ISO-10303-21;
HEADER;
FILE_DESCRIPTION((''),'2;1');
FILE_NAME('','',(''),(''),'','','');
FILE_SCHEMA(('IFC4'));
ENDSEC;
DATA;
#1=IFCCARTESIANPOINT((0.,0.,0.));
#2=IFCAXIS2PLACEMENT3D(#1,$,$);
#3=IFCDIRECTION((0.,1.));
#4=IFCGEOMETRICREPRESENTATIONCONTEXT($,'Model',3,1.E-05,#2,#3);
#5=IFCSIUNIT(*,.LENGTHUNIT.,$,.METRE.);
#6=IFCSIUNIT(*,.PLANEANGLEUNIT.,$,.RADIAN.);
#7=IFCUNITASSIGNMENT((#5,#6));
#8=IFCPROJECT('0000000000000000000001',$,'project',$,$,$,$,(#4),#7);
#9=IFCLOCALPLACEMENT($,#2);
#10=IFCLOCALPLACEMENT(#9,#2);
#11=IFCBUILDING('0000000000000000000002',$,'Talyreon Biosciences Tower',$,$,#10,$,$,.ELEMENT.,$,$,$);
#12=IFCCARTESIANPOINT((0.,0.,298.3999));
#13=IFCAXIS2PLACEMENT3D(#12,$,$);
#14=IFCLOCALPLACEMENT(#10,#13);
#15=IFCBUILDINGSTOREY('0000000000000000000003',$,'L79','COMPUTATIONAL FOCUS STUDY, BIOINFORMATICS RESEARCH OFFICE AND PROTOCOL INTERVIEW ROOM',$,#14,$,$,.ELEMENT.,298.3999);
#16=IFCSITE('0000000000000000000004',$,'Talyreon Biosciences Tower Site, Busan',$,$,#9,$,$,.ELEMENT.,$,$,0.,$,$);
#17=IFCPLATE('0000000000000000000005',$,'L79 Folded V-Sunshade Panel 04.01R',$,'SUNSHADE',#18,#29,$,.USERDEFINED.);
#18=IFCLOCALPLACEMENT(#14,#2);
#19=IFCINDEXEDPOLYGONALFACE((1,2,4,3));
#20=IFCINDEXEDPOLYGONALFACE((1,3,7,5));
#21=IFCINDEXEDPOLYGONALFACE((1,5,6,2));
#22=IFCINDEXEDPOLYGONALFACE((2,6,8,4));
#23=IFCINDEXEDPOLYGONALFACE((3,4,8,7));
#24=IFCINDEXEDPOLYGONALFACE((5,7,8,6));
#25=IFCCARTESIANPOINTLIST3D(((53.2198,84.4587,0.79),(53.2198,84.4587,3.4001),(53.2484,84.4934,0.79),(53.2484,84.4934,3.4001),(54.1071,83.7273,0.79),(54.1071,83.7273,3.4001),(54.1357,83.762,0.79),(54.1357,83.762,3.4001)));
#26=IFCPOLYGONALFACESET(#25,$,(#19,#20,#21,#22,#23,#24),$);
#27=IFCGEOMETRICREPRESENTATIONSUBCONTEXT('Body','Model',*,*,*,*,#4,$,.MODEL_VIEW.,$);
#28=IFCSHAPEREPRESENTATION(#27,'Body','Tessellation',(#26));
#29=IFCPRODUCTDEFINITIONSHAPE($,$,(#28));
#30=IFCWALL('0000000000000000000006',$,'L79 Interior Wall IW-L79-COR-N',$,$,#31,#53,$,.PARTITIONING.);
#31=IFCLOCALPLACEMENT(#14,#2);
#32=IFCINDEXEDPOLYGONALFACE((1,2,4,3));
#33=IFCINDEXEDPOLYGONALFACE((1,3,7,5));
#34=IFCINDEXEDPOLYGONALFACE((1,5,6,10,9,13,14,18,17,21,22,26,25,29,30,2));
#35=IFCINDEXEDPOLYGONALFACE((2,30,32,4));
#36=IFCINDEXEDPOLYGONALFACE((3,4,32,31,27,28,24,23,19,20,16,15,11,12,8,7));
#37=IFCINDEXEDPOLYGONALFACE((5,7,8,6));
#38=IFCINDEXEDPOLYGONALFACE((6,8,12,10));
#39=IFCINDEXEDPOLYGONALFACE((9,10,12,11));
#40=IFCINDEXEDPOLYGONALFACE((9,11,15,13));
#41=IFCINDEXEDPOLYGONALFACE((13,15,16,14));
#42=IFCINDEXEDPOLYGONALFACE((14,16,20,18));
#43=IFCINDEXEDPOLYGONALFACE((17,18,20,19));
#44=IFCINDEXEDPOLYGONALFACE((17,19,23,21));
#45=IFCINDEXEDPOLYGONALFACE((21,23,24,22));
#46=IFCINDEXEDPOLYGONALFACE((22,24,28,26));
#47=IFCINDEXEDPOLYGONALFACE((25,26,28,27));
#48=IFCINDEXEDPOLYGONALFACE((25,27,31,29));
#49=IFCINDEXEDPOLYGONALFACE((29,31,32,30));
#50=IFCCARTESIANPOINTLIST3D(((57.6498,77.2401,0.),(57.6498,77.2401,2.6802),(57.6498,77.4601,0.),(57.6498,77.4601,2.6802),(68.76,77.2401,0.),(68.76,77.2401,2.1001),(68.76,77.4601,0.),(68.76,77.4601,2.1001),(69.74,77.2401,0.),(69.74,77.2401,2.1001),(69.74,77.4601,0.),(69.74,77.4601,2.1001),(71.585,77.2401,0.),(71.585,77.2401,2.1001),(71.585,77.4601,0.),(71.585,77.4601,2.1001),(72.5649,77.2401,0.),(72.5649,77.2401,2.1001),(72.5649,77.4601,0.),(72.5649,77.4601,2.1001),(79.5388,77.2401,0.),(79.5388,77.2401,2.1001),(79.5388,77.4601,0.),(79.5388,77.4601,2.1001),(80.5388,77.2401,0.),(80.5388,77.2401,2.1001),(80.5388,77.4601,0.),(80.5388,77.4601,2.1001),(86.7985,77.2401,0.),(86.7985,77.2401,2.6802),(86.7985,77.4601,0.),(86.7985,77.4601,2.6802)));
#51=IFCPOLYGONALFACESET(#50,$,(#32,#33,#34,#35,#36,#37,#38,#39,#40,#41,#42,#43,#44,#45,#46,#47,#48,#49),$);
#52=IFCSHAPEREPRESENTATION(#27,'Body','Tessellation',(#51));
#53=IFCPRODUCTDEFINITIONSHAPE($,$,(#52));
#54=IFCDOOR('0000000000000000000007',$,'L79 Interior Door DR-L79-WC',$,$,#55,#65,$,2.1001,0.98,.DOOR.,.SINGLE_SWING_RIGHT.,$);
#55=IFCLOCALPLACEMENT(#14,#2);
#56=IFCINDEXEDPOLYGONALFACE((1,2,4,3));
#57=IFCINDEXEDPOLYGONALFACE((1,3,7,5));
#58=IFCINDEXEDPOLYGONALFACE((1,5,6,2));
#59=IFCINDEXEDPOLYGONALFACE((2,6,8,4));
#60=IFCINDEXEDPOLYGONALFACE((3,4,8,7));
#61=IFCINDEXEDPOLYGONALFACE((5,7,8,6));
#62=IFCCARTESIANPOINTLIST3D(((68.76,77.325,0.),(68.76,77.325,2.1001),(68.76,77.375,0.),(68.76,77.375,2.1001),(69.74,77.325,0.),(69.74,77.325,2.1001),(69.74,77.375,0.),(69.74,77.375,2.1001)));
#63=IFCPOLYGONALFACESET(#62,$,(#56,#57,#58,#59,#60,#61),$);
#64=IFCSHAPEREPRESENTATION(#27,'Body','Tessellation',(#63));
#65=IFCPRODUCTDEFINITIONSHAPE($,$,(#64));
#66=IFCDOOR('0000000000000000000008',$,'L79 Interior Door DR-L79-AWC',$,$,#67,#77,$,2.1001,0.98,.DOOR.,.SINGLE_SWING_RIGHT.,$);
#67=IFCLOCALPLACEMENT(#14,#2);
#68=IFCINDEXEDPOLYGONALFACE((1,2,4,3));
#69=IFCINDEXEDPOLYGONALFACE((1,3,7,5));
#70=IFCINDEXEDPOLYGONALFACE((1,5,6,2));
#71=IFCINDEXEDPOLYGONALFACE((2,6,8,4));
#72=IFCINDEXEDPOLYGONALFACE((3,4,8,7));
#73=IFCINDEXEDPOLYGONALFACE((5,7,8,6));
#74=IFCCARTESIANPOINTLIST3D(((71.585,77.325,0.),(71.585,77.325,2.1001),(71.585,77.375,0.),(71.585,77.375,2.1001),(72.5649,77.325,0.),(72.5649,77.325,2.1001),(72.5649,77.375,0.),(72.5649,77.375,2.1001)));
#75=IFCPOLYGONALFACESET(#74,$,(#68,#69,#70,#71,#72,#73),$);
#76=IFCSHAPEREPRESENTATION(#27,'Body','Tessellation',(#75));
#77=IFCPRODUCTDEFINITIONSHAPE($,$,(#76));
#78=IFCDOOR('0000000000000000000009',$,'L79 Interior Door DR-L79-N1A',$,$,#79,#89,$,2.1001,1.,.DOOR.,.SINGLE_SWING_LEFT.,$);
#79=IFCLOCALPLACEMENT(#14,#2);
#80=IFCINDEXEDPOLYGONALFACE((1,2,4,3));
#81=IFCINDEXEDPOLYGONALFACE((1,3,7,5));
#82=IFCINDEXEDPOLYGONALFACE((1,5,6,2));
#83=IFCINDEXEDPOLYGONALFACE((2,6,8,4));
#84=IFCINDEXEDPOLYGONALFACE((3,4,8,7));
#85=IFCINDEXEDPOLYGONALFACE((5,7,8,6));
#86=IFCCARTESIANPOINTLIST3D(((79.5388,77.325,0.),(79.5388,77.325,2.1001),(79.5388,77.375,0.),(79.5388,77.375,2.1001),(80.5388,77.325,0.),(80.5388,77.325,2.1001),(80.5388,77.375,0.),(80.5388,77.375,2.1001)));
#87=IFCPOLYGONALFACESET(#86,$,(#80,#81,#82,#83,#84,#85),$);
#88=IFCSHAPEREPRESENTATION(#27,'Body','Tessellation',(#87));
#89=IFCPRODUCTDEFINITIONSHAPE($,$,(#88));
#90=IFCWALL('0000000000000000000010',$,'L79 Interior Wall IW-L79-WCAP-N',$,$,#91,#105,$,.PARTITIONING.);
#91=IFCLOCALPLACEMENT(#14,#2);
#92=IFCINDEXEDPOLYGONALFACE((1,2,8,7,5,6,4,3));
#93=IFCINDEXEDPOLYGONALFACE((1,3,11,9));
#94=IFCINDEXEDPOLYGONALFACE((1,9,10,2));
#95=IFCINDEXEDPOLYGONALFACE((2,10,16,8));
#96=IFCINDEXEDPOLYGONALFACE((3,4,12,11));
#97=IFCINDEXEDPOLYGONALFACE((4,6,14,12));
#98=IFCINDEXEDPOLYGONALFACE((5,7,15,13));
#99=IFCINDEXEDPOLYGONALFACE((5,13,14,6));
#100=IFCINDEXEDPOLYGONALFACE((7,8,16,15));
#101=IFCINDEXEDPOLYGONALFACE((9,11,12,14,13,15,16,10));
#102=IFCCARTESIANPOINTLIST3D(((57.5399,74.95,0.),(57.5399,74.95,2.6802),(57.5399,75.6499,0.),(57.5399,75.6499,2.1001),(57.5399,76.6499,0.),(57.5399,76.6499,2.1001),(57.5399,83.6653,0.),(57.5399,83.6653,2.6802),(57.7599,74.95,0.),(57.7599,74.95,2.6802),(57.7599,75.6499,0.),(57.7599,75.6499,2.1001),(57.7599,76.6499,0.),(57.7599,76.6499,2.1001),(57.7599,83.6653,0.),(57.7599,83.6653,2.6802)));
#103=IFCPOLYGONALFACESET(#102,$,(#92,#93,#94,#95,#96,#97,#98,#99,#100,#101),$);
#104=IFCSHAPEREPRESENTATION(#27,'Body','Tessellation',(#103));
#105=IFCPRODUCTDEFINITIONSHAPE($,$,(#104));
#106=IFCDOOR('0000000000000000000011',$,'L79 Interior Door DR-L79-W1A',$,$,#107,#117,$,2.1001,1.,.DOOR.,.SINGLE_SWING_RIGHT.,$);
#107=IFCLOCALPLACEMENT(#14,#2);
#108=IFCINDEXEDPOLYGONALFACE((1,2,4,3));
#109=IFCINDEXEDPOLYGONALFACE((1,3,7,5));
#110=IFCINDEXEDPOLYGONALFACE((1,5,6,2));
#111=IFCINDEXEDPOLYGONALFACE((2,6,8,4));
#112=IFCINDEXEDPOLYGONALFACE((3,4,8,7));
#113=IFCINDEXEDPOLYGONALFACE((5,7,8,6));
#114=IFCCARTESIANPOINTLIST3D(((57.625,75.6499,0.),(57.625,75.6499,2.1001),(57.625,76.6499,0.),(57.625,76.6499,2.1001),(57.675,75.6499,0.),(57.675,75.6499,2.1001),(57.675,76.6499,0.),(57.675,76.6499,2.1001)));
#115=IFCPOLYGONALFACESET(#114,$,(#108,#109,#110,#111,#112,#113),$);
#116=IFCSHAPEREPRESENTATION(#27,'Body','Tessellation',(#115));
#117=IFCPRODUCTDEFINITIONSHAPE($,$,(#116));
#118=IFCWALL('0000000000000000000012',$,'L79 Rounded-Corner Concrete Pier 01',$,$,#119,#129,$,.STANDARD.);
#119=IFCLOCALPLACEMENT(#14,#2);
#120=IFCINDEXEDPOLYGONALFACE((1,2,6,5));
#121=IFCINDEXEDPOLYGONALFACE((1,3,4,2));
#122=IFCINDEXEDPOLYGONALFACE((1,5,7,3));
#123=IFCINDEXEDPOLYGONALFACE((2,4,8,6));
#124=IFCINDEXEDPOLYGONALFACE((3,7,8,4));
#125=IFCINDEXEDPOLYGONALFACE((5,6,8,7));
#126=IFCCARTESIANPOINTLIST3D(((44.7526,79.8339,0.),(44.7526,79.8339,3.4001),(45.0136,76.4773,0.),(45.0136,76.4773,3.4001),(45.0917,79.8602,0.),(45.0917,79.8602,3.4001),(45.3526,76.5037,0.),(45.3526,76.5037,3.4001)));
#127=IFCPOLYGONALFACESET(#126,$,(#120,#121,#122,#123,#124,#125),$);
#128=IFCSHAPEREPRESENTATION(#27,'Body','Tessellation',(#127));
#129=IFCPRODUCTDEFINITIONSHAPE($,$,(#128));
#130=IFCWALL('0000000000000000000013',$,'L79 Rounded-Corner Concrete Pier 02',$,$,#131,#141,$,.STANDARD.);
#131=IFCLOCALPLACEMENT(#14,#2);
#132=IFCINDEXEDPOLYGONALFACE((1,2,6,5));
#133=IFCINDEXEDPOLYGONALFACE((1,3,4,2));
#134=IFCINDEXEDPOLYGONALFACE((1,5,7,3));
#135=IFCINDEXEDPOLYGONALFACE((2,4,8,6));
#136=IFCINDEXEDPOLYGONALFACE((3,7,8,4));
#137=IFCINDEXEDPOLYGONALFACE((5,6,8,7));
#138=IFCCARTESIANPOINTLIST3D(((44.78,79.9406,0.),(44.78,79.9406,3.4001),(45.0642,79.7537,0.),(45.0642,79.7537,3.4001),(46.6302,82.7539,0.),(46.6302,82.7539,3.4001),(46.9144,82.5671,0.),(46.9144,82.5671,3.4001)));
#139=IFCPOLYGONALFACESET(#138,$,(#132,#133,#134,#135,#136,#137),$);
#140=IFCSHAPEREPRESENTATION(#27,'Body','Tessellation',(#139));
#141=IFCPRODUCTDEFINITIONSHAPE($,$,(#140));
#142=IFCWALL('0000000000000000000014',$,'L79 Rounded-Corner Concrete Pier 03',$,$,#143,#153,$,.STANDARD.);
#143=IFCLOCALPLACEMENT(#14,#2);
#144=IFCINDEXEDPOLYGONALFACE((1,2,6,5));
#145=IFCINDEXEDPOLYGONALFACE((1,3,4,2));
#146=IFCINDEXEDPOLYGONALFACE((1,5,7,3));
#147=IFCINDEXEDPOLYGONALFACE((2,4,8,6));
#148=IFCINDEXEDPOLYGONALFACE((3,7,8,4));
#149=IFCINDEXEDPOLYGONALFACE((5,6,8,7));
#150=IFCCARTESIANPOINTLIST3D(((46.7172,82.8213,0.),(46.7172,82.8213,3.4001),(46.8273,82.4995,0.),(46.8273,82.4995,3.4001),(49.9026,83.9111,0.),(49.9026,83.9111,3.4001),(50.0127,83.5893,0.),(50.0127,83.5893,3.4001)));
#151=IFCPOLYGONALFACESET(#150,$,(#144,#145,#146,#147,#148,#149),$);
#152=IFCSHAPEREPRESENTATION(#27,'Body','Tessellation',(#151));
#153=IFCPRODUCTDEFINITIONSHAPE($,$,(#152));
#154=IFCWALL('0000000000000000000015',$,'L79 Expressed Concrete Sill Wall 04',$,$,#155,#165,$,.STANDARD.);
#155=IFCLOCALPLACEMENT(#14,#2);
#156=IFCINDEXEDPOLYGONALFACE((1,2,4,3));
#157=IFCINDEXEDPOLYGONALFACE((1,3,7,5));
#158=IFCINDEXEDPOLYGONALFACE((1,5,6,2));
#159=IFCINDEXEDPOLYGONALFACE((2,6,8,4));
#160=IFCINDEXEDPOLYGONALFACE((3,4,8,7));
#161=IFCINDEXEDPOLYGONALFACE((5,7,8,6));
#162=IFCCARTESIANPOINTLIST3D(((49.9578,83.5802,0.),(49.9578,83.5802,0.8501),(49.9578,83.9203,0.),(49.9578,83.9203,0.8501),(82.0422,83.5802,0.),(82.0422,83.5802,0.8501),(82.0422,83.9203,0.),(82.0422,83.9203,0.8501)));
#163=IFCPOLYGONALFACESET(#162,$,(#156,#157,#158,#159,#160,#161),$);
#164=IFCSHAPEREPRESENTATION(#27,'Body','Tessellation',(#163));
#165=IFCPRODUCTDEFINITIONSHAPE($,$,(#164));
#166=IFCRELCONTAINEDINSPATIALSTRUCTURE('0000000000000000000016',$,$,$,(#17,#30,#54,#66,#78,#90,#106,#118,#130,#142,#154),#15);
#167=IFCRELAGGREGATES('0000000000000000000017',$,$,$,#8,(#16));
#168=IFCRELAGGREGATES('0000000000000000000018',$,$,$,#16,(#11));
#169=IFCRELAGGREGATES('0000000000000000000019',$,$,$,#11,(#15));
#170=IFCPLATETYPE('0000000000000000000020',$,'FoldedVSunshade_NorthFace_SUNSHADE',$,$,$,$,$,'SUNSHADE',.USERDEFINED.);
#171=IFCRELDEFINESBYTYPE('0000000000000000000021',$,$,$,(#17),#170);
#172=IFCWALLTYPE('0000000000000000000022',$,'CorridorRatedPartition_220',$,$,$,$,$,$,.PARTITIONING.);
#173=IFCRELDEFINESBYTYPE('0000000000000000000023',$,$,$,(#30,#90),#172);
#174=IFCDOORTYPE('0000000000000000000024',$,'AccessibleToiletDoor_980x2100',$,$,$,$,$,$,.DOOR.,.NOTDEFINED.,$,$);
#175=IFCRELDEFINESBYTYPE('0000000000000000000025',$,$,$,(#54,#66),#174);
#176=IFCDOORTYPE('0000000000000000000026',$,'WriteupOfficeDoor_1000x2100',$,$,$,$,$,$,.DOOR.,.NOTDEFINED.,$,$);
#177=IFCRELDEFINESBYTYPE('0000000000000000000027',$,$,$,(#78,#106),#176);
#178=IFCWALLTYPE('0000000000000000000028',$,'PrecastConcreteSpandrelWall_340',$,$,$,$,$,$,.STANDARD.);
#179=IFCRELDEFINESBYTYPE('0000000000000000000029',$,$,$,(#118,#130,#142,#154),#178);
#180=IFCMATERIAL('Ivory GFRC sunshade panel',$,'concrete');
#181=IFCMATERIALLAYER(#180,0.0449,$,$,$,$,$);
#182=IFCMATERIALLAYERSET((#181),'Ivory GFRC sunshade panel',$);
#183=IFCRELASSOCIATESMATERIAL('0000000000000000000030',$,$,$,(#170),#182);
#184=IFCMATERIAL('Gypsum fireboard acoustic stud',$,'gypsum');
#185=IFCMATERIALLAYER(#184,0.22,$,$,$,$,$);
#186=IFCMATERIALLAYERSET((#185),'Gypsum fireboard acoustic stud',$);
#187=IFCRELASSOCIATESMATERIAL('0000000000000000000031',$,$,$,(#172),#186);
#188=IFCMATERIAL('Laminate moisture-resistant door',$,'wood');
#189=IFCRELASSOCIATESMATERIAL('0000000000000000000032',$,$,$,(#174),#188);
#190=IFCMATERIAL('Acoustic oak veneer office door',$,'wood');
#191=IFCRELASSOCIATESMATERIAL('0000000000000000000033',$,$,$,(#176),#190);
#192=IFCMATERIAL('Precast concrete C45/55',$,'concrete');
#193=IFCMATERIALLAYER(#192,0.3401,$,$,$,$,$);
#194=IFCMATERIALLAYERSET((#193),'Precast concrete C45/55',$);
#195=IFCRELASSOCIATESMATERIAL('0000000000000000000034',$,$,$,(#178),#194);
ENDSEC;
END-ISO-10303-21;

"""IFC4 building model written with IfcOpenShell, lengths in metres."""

from ifc_helpers import new_model, si_unit, direction, frame, frame_2d, origin, origin_2d, place, context, subcontext, project, spatial, rectangle, extrude, material, layer, layer_set, type_object, element, fill, save


model = new_model("IFC4")

# Units and contexts
model_context = context("Model", 3, precision=1e-05, world=origin(), true_north=direction((0.0, 1.0)))
body_context = subcontext(model_context, "Body", "Model", "MODEL_VIEW")
ifc_project = project(units=[si_unit("LENGTHUNIT", "METRE"), si_unit("PLANEANGLEUNIT", "RADIAN")], contexts=[model_context])

# Site, building, storey
site_placement = place(None, origin())
site = spatial("IfcSite", under=ifc_project, at=site_placement, Name="Talyreon Biosciences Tower Site, Busan", CompositionType="ELEMENT", RefElevation=0.0)
building_placement = place(site_placement, origin())
building = spatial("IfcBuilding", under=site, at=building_placement, Name="Talyreon Biosciences Tower", CompositionType="ELEMENT")
storey_placement = place(building_placement, frame((0.0, 0.0, 298.3999)))
storey = spatial("IfcBuildingStorey", under=building, at=storey_placement, Name="L79", Description="COMPUTATIONAL FOCUS STUDY, BIOINFORMATICS RESEARCH OFFICE AND PROTOCOL INTERVIEW ROOM", CompositionType="ELEMENT", Elevation=298.3999)

# Shared definitions
ifc_material_1 = material(Name="Precast concrete C45/55", Category="concrete")

# Plate
ifc_material_2 = material(Name="Ivory GFRC sunshade panel", Category="concrete")
ifc_layer_1 = layer(ifc_material_2, 0.0449)
ifc_layer_set_1 = layer_set([ifc_layer_1], Name="Ivory GFRC sunshade panel")
plate_type_1 = type_object("IfcPlateType", Name="FoldedVSunshade_NorthFace_SUNSHADE", ElementType="SUNSHADE", PredefinedType="USERDEFINED", material=ifc_layer_set_1)
for number, where, z_axis, x_axis, name in (
    (1, (53.6777, 84.1104, 0.79), (0.0, 0.0, 1.0), (0.771625, -0.636078, 0.0), "L79 Folded V-Sunshade Panel 04.01R"),
):
    element("IfcPlate", number, at=place(storey_placement, frame(where, z_axis=z_axis, x_axis=x_axis)), inside=storey, type_object=plate_type_1, Name=name, ObjectType="SUNSHADE", PredefinedType="USERDEFINED", context=body_context, shape_type="SweptSolid", body=[
        extrude(rectangle(XDim=1.1499, YDim=0.0449, at=origin_2d()), origin(), (0.0, 0.0, 1.0), 2.6101),
    ])

# Wall, openings, doors
ifc_material_3 = material(Name="Gypsum fireboard acoustic stud", Category="gypsum")
ifc_layer_2 = layer(ifc_material_3, 0.22)
ifc_layer_set_2 = layer_set([ifc_layer_2], Name="Gypsum fireboard acoustic stud")
wall_type_1 = type_object("IfcWallType", Name="CorridorRatedPartition_220", PredefinedType="PARTITIONING", material=ifc_layer_set_2)
wall_1_placement = place(storey_placement, frame((57.6499, 77.3501, 0.0), z_axis=(0.0, 0.0, 1.0), x_axis=(1.0, 0.0, 0.0)))
wall_1 = element("IfcWall", 2, at=wall_1_placement, inside=storey, type_object=wall_type_1, Name="L79 Interior Wall IW-L79-COR-N", PredefinedType="PARTITIONING", context=body_context, shape_type="SweptSolid", body=[
    extrude(rectangle(XDim=29.1487, YDim=0.22, at=frame_2d((14.5742, 0.0))), origin(), (0.0, 0.0, 1.0), 2.6802),
])
opening_1_placement = place(wall_1_placement, frame((11.1101, 0.0, 0.0)))
opening_1 = element("IfcOpeningElement", 3, at=opening_1_placement, cuts=wall_1, PredefinedType="OPENING", context=body_context, shape_type="SweptSolid", body=[
    extrude(rectangle(XDim=0.98, YDim=2.1001, at=frame_2d((0.49, 1.05))), frame((0.0, 0.1199, 0.0), z_axis=(0.0, -1.0, 0.0), x_axis=(1.0, 0.0, 0.0)), (0.0, 0.0, 1.0), 0.24),
])
opening_2_placement = place(wall_1_placement, frame((13.9351, 0.0, 0.0)))
opening_2 = element("IfcOpeningElement", 4, at=opening_2_placement, cuts=wall_1, PredefinedType="OPENING", context=body_context, shape_type="SweptSolid", body=[
    extrude(rectangle(XDim=0.98, YDim=2.1001, at=frame_2d((0.49, 1.05))), frame((0.0, 0.1199, 0.0), z_axis=(0.0, -1.0, 0.0), x_axis=(1.0, 0.0, 0.0)), (0.0, 0.0, 1.0), 0.24),
])
opening_3_placement = place(wall_1_placement, frame((21.8889, 0.0, 0.0)))
opening_3 = element("IfcOpeningElement", 5, at=opening_3_placement, cuts=wall_1, PredefinedType="OPENING", context=body_context, shape_type="SweptSolid", body=[
    extrude(rectangle(XDim=1.0, YDim=2.1001, at=frame_2d((0.5, 1.05))), frame((0.0, 0.1199, 0.0), z_axis=(0.0, -1.0, 0.0), x_axis=(1.0, 0.0, 0.0)), (0.0, 0.0, 1.0), 0.24),
])
ifc_material_4 = material(Name="Laminate moisture-resistant door", Category="wood")
door_type_1 = type_object("IfcDoorType", Name="AccessibleToiletDoor_980x2100", OperationType="NOTDEFINED", PredefinedType="DOOR", material=ifc_material_4)
door_1_placement = place(opening_1_placement, origin())
door_1 = element("IfcDoor", 6, at=door_1_placement, inside=storey, type_object=door_type_1, Name="L79 Interior Door DR-L79-WC", OperationType="SINGLE_SWING_RIGHT", OverallHeight=2.1001, OverallWidth=0.98, PredefinedType="DOOR", context=body_context, shape_type="SweptSolid", body=[
    extrude(rectangle(XDim=0.98, YDim=2.1001, at=frame_2d((0.49, 1.05))), frame((0.0, 0.0249, 0.0), z_axis=(0.0, -1.0, 0.0), x_axis=(1.0, 0.0, 0.0)), (0.0, 0.0, 1.0), 0.05),
])
fill(opening_1, door_1)
door_2_placement = place(opening_2_placement, origin())
door_2 = element("IfcDoor", 7, at=door_2_placement, inside=storey, type_object=door_type_1, Name="L79 Interior Door DR-L79-AWC", OperationType="SINGLE_SWING_RIGHT", OverallHeight=2.1001, OverallWidth=0.98, PredefinedType="DOOR", context=body_context, shape_type="SweptSolid", body=[
    extrude(rectangle(XDim=0.98, YDim=2.1001, at=frame_2d((0.49, 1.05))), frame((0.0, 0.0249, 0.0), z_axis=(0.0, -1.0, 0.0), x_axis=(1.0, 0.0, 0.0)), (0.0, 0.0, 1.0), 0.05),
])
fill(opening_2, door_2)
ifc_material_5 = material(Name="Acoustic oak veneer office door", Category="wood")
door_type_2 = type_object("IfcDoorType", Name="WriteupOfficeDoor_1000x2100", OperationType="NOTDEFINED", PredefinedType="DOOR", material=ifc_material_5)
door_3_placement = place(opening_3_placement, origin())
door_3 = element("IfcDoor", 8, at=door_3_placement, inside=storey, type_object=door_type_2, Name="L79 Interior Door DR-L79-N1A", OperationType="SINGLE_SWING_LEFT", OverallHeight=2.1001, OverallWidth=1.0, PredefinedType="DOOR", context=body_context, shape_type="SweptSolid", body=[
    extrude(rectangle(XDim=1.0, YDim=2.1001, at=frame_2d((0.5, 1.05))), frame((0.0, 0.0249, 0.0), z_axis=(0.0, -1.0, 0.0), x_axis=(1.0, 0.0, 0.0)), (0.0, 0.0, 1.0), 0.05),
])
fill(opening_3, door_3)

# Wall, opening, door
wall_2_placement = place(storey_placement, frame((57.6499, 74.95, 0.0), z_axis=(0.0, 0.0, 1.0), x_axis=(0.0, 1.0, 0.0)))
wall_2 = element("IfcWall", 9, at=wall_2_placement, inside=storey, type_object=wall_type_1, Name="L79 Interior Wall IW-L79-WCAP-N", PredefinedType="PARTITIONING", context=body_context, shape_type="SweptSolid", body=[
    extrude(rectangle(XDim=8.7153, YDim=0.22, at=frame_2d((4.3577, 0.0))), origin(), (0.0, 0.0, 1.0), 2.6802),
])
opening_4_placement = place(wall_2_placement, frame((0.7, 0.0, 0.0)))
opening_4 = element("IfcOpeningElement", 10, at=opening_4_placement, cuts=wall_2, PredefinedType="OPENING", context=body_context, shape_type="SweptSolid", body=[
    extrude(rectangle(XDim=1.0, YDim=2.1001, at=frame_2d((0.5, 1.05))), frame((0.0, 0.1199, 0.0), z_axis=(0.0, -1.0, 0.0), x_axis=(1.0, 0.0, 0.0)), (0.0, 0.0, 1.0), 0.24),
])
door_4_placement = place(opening_4_placement, origin())
door_4 = element("IfcDoor", 11, at=door_4_placement, inside=storey, type_object=door_type_2, Name="L79 Interior Door DR-L79-W1A", OperationType="SINGLE_SWING_RIGHT", OverallHeight=2.1001, OverallWidth=1.0, PredefinedType="DOOR", context=body_context, shape_type="SweptSolid", body=[
    extrude(rectangle(XDim=1.0, YDim=2.1001, at=frame_2d((0.5, 1.05))), frame((0.0, 0.0249, 0.0), z_axis=(0.0, -1.0, 0.0), x_axis=(1.0, 0.0, 0.0)), (0.0, 0.0, 1.0), 0.05),
])
fill(opening_4, door_4)

# Walls
ifc_layer_3 = layer(ifc_material_1, 0.3401)
ifc_layer_set_3 = layer_set([ifc_layer_3], Name="Precast concrete C45/55")
wall_type_2 = type_object("IfcWallType", Name="PrecastConcreteSpandrelWall_340", PredefinedType="STANDARD", material=ifc_layer_set_3)
wall_3_placement = place(storey_placement, frame((45.1831, 76.4905, 0.0), z_axis=(0.0, 0.0, 1.0), x_axis=(-0.077517, 0.996991, 0.0)))
element("IfcWall", 12, at=wall_3_placement, inside=storey, type_object=wall_type_2, Name="L79 Rounded-Corner Concrete Pier 01", PredefinedType="STANDARD", context=body_context, shape_type="SweptSolid", body=[
    extrude(rectangle(XDim=3.3667, YDim=0.3401, at=frame_2d((1.6833, 0.0))), origin(), (0.0, 0.0, 1.0), 3.4001),
])
wall_4_placement = place(storey_placement, frame((44.9221, 79.8472, 0.0), z_axis=(0.0, 0.0, 1.0), x_axis=(0.549469, 0.835514, 0.0)))
element("IfcWall", 13, at=wall_4_placement, inside=storey, type_object=wall_type_2, Name="L79 Rounded-Corner Concrete Pier 02", PredefinedType="STANDARD", context=body_context, shape_type="SweptSolid", body=[
    extrude(rectangle(XDim=3.3672, YDim=0.3401, at=frame_2d((1.6836, 0.0))), origin(), (0.0, 0.0, 1.0), 3.4001),
])
wall_5_placement = place(storey_placement, frame((46.7722, 82.6604, 0.0), z_axis=(0.0, 0.0, 1.0), x_axis=(0.946159, 0.323701, 0.0)))
element("IfcWall", 14, at=wall_5_placement, inside=storey, type_object=wall_type_2, Name="L79 Rounded-Corner Concrete Pier 03", PredefinedType="STANDARD", context=body_context, shape_type="SweptSolid", body=[
    extrude(rectangle(XDim=3.3667, YDim=0.3401, at=frame_2d((1.6833, 0.0))), origin(), (0.0, 0.0, 1.0), 3.4001),
])
wall_6_placement = place(storey_placement, frame((49.9578, 83.7502, 0.0), z_axis=(0.0, 0.0, 1.0), x_axis=(1.0, 0.0, 0.0)))
element("IfcWall", 15, at=wall_6_placement, inside=storey, type_object=wall_type_2, Name="L79 Expressed Concrete Sill Wall 04", PredefinedType="STANDARD", context=body_context, shape_type="SweptSolid", body=[
    extrude(rectangle(XDim=32.0845, YDim=0.3401, at=frame_2d((16.0422, 0.0))), origin(), (0.0, 0.0, 1.0), 0.8501),
])

save(model, "model.ifc")
